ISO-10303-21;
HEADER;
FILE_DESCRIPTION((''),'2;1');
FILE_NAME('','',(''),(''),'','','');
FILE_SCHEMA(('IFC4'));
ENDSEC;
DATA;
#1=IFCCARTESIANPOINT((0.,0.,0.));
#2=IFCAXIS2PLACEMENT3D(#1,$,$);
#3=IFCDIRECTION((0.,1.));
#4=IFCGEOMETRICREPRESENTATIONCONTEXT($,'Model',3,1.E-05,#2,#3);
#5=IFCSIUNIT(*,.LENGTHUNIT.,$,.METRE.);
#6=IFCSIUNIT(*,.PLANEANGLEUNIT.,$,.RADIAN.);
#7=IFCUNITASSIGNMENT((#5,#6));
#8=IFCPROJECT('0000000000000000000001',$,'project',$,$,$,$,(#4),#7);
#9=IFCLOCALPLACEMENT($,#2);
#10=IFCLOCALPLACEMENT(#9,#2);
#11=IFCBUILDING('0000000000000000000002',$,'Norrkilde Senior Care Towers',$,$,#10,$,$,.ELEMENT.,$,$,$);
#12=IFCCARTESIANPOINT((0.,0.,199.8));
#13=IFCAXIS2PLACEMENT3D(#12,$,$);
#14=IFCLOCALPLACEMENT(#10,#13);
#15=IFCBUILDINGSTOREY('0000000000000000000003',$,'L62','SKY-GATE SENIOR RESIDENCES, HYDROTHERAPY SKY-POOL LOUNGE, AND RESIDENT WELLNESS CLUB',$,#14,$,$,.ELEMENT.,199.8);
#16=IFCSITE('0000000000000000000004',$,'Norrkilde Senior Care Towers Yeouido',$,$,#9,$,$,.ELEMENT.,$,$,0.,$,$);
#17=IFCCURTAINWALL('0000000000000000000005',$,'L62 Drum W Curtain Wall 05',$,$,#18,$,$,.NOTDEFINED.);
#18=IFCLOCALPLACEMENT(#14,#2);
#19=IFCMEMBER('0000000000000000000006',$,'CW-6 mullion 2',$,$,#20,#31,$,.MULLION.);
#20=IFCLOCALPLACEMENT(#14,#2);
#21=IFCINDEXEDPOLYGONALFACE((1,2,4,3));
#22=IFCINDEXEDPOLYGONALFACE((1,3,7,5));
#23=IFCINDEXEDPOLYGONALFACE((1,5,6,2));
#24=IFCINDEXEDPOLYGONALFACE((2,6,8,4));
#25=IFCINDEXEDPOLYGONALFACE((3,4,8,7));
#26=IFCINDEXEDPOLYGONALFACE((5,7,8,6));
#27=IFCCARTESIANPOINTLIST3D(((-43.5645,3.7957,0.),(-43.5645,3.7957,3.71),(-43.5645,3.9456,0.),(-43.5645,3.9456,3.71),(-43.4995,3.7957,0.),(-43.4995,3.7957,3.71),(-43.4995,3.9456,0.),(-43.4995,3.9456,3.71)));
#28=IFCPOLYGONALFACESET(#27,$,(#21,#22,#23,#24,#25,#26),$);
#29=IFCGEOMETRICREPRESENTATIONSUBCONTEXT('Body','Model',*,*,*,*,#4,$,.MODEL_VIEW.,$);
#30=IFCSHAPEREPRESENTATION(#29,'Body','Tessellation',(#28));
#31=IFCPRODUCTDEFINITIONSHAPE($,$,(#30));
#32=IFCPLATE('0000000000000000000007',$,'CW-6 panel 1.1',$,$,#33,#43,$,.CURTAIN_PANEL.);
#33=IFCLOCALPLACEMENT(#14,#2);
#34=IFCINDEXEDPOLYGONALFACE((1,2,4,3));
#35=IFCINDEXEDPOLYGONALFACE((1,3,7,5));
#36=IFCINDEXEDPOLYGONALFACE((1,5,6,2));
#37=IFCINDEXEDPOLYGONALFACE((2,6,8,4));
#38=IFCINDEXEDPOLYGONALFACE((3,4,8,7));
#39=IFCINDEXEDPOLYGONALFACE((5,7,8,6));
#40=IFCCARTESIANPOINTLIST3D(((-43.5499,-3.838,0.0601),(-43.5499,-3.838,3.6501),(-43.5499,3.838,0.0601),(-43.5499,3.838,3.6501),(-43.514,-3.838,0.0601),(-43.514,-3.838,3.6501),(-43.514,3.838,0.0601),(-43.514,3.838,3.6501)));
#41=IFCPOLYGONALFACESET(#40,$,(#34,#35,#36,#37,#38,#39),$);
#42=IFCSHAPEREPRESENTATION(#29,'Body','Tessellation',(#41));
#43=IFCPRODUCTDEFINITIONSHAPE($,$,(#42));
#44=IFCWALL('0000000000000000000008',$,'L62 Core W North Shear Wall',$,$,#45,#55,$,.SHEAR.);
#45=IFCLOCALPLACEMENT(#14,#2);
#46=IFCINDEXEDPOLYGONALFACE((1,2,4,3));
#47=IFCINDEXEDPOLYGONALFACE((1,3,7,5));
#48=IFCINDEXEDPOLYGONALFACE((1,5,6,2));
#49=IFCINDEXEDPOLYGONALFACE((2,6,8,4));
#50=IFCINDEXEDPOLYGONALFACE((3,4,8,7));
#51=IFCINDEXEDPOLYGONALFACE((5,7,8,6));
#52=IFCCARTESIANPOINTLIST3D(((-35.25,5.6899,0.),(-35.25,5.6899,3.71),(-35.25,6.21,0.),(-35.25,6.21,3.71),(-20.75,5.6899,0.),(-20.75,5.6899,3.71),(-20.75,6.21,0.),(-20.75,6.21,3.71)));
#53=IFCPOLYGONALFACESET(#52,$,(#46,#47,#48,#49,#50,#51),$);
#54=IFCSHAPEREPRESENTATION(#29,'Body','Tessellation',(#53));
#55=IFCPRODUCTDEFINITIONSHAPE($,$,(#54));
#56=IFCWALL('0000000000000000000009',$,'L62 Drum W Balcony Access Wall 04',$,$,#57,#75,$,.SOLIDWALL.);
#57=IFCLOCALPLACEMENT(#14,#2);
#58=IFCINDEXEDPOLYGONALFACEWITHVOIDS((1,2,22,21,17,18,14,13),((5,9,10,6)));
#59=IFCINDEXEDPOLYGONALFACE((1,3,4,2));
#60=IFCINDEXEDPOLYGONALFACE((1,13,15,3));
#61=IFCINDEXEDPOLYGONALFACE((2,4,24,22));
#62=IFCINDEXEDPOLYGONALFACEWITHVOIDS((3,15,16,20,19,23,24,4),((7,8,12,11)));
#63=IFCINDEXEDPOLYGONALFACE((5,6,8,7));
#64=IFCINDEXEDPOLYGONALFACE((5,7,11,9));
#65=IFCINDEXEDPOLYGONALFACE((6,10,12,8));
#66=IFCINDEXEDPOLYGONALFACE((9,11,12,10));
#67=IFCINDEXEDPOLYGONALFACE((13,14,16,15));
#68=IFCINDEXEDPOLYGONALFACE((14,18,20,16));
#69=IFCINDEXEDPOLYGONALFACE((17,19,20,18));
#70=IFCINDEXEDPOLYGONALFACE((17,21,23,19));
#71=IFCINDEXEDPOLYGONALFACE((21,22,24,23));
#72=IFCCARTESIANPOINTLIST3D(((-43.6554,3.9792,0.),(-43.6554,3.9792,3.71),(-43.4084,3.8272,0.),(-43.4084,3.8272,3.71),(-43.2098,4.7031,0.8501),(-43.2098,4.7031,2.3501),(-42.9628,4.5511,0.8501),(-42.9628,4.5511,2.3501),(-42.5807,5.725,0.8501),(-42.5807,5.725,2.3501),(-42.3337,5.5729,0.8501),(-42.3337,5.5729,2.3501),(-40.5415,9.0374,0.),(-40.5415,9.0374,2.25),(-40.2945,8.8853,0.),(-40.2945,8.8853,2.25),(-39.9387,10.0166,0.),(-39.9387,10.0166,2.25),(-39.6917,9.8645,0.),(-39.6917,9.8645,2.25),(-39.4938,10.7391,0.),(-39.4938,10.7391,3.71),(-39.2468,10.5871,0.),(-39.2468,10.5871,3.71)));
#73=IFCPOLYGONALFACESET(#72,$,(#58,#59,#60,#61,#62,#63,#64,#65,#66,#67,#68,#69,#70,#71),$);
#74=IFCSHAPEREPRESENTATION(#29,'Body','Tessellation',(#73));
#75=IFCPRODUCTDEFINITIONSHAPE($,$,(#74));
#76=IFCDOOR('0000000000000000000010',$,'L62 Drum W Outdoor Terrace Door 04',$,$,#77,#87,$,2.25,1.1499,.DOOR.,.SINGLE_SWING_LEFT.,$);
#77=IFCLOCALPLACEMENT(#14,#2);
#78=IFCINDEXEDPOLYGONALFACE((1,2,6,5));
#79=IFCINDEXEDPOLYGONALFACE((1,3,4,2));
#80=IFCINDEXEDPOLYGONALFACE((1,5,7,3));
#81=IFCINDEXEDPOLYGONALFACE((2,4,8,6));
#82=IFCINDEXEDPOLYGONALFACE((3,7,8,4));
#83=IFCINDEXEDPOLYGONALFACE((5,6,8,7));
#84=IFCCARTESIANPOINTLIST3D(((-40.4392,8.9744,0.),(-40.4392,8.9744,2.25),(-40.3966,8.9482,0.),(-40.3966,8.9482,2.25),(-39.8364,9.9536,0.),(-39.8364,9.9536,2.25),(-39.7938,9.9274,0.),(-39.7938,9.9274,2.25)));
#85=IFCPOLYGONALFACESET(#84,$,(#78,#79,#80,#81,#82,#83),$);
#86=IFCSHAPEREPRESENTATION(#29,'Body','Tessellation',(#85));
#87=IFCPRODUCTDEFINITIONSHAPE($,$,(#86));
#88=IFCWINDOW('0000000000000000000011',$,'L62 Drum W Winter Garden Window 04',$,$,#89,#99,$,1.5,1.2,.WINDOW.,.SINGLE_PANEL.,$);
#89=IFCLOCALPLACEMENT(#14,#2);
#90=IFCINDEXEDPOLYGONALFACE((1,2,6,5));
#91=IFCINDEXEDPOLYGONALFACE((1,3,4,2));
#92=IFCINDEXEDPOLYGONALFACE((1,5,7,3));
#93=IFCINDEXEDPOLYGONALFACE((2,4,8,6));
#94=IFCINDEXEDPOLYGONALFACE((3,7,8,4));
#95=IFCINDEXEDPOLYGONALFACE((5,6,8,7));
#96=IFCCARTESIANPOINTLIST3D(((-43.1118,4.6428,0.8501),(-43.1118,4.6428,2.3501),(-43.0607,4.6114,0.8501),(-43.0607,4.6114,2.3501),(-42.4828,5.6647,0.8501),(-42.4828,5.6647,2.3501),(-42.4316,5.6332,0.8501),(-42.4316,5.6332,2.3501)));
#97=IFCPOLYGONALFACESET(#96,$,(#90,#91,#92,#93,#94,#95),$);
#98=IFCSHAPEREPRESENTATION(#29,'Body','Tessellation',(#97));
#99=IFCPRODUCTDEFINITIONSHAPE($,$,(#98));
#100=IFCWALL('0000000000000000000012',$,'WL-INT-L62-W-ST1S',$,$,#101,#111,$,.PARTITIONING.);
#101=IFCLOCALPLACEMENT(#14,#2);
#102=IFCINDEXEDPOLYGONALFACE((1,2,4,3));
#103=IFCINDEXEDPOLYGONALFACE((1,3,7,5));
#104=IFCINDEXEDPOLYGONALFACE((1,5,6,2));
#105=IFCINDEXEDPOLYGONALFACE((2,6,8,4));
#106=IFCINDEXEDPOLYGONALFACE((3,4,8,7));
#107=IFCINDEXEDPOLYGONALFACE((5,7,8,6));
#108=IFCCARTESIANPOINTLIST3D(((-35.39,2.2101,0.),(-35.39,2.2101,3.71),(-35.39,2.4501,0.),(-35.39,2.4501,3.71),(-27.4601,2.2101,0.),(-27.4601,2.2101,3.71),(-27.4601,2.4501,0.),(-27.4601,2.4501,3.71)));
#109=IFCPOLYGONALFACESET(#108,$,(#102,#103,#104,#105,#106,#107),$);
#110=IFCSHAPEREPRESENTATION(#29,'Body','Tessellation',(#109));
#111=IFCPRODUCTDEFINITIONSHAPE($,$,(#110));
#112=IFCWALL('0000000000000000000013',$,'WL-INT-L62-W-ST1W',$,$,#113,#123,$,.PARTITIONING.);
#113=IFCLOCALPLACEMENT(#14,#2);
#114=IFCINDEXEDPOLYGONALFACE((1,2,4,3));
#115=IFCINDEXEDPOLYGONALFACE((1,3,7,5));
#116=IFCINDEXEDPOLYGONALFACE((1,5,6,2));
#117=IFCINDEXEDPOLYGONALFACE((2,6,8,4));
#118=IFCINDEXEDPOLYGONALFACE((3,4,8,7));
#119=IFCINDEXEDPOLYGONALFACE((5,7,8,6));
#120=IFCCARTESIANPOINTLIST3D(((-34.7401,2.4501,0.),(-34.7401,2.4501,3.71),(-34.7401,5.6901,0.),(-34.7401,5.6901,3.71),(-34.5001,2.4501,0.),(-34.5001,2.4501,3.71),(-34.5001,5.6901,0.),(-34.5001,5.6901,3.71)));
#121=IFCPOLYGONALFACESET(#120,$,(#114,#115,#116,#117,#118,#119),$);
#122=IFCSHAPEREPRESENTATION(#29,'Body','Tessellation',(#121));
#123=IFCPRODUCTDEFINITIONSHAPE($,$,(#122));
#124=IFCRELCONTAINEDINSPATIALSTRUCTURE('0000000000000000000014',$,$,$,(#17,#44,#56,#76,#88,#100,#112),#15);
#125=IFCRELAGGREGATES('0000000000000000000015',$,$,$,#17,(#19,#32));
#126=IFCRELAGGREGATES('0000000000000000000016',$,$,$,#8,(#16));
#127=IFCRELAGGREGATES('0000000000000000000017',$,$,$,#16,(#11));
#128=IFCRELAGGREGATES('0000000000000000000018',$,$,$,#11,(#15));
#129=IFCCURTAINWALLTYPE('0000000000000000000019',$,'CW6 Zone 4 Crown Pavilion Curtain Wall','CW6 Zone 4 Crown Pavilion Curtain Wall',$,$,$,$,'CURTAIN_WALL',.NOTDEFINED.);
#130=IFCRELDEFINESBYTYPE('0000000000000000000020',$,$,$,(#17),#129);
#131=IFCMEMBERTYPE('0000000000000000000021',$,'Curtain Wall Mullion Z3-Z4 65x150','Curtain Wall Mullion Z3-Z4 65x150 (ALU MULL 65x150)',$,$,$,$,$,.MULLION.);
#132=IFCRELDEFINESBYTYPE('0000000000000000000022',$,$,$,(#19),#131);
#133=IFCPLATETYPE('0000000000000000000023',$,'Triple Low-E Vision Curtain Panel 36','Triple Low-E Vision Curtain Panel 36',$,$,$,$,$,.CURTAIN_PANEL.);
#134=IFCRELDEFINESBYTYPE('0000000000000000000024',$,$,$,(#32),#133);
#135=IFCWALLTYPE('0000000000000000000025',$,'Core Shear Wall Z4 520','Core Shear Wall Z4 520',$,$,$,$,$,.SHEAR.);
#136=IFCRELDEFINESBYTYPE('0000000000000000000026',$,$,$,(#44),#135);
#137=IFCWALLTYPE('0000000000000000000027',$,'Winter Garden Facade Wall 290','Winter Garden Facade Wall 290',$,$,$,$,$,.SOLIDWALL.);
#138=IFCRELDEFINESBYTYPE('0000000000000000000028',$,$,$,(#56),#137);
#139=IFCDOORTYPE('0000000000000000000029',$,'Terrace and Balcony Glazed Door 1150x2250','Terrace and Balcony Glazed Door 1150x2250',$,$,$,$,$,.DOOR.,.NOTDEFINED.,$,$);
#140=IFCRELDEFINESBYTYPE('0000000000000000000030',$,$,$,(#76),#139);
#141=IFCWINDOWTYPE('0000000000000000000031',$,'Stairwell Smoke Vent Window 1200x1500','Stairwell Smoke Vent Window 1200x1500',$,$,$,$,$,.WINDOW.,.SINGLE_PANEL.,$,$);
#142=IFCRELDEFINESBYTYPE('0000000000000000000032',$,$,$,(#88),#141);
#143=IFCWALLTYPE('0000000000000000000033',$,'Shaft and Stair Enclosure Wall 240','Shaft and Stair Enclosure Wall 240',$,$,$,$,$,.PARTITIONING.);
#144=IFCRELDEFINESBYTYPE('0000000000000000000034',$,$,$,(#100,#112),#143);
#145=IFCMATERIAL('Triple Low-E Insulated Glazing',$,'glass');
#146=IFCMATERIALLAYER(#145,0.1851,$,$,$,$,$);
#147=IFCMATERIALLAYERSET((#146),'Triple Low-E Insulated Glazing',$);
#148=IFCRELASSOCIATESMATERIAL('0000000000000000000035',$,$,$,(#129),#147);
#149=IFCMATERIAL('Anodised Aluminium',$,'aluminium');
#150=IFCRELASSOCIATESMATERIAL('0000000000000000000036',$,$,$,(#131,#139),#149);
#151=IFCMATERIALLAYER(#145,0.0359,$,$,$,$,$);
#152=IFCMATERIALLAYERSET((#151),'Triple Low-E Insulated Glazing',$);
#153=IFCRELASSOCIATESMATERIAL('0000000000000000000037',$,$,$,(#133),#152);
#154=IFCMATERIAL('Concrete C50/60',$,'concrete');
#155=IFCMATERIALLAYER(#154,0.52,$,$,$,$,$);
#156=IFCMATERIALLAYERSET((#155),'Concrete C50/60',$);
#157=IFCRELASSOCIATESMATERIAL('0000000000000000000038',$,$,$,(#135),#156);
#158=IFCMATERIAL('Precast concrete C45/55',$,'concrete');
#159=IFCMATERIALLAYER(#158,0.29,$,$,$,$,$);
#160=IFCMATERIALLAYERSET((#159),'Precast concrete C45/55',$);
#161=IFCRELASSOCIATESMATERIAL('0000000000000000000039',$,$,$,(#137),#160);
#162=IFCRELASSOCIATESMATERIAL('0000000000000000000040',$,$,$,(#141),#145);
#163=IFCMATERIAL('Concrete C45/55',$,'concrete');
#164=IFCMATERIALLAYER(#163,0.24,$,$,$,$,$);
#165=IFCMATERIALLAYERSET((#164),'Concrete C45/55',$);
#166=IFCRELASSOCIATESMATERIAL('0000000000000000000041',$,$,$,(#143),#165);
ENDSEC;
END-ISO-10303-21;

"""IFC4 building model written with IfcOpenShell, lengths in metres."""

from ifc_helpers import new_model, si_unit, direction, frame, frame_2d, origin, origin_2d, place, context, subcontext, project, spatial, rectangle, extrude, source, transform, mapped, material, layer, layer_set, material_profile, profile_set, type_object, type_shapes, element, fill, aggregate, save


model = new_model("IFC4")

# Units and contexts
model_context = context("Model", 3, precision=1e-05, world=origin(), true_north=direction((0.0, 1.0)))
body_context = subcontext(model_context, "Body", "Model", "MODEL_VIEW")
ifc_project = project(units=[si_unit("LENGTHUNIT", "METRE"), si_unit("PLANEANGLEUNIT", "RADIAN")], contexts=[model_context])

# Site, building, storey
site_placement = place(None, origin())
site = spatial("IfcSite", under=ifc_project, at=site_placement, Name="Norrkilde Senior Care Towers Yeouido", CompositionType="ELEMENT", RefElevation=0.0)
building_placement = place(site_placement, origin())
building = spatial("IfcBuilding", under=site, at=building_placement, Name="Norrkilde Senior Care Towers", CompositionType="ELEMENT")
storey_placement = place(building_placement, frame((0.0, 0.0, 199.8)))
storey = spatial("IfcBuildingStorey", under=building, at=storey_placement, Name="L62", Description="SKY-GATE SENIOR RESIDENCES, HYDROTHERAPY SKY-POOL LOUNGE, AND RESIDENT WELLNESS CLUB", CompositionType="ELEMENT", Elevation=199.8)

# Shared definitions
ifc_material_1 = material(Name="Concrete C50/60", Category="concrete")

# Curtain wall, member, plate
ifc_material_2 = material(Name="Triple Low-E Insulated Glazing", Category="glass")
ifc_layer_1 = layer(ifc_material_2, 0.1851)
ifc_layer_set_1 = layer_set([ifc_layer_1], Name="Triple Low-E Insulated Glazing")
curtain_wall_type = type_object("IfcCurtainWallType", Name="CW6 Zone 4 Crown Pavilion Curtain Wall", Description="CW6 Zone 4 Crown Pavilion Curtain Wall", ElementType="CURTAIN_WALL", PredefinedType="NOTDEFINED", material=ifc_layer_set_1)
curtain_wall_placement = place(storey_placement, origin())
curtain_wall = element("IfcCurtainWall", 1, at=curtain_wall_placement, inside=storey, type_object=curtain_wall_type, Name="L62 Drum W Curtain Wall 05", PredefinedType="NOTDEFINED")
ifc_material_3 = material(Name="Anodised Aluminium", Category="aluminium")
ifc_material_profile_1 = material_profile(ifc_material_3, rectangle(XDim=0.0649, YDim=0.1499, at=origin_2d()), Name="ALU MULL 65x150")
ifc_profile_set_1 = profile_set([ifc_material_profile_1], Name="Anodised Aluminium")
member_type = type_object("IfcMemberType", Name="Curtain Wall Mullion Z3-Z4 65x150", Description="Curtain Wall Mullion Z3-Z4 65x150 (ALU MULL 65x150)", PredefinedType="MULLION", material=ifc_profile_set_1)
shared_shape_1 = source(origin(), body_context, "Body", "SweptSolid", [
    extrude(rectangle(XDim=0.0649, YDim=0.1499, at=origin_2d()), origin(), (0.0, 0.0, 1.0), 3.71),
])
type_shapes(member_type, [shared_shape_1])
member_placement = place(storey_placement, frame((-43.532, 3.8706, 0.0), z_axis=(0.0, 0.0, 1.0), x_axis=(-1.0, 0.0, 0.0)))
member = element("IfcMember", 2, at=member_placement, type_object=member_type, Name="CW-6 mullion 2", PredefinedType="MULLION", context=body_context, shape_type="MappedRepresentation", body=[
    mapped(shared_shape_1, transform((0.0, 0.0, 0.0), x_axis=(1.0, 0.0, 0.0), y_axis=(0.0, 1.0, 0.0), z_axis=(0.0, 0.0, 1.0), scale=1.0)),
])
ifc_layer_2 = layer(ifc_material_2, 0.0359)
ifc_layer_set_2 = layer_set([ifc_layer_2], Name="Triple Low-E Insulated Glazing")
plate_type = type_object("IfcPlateType", Name="Triple Low-E Vision Curtain Panel 36", Description="Triple Low-E Vision Curtain Panel 36", PredefinedType="CURTAIN_PANEL", material=ifc_layer_set_2)
shared_shape_2 = source(origin(), body_context, "Body", "SweptSolid", [
    extrude(rectangle(XDim=7.676, YDim=0.0359, at=origin_2d()), origin(), (0.0, 0.0, 1.0), 3.5901),
])
type_shapes(plate_type, [shared_shape_2])
plate_placement = place(storey_placement, frame((-43.532, 0.0, 0.0601), z_axis=(0.0, 0.0, 1.0), x_axis=(0.0, 1.0, 0.0)))
plate = element("IfcPlate", 3, at=plate_placement, type_object=plate_type, Name="CW-6 panel 1.1", PredefinedType="CURTAIN_PANEL", context=body_context, shape_type="MappedRepresentation", body=[
    mapped(shared_shape_2, transform((0.0, 0.0, 0.0), x_axis=(1.0, 0.0, 0.0), y_axis=(0.0, 1.0, 0.0), z_axis=(0.0, 0.0, 1.0), scale=1.0)),
])
aggregate(curtain_wall, [member, plate])

# Wall
ifc_layer_3 = layer(ifc_material_1, 0.52)
ifc_layer_set_3 = layer_set([ifc_layer_3], Name="Concrete C50/60")
wall_type_1 = type_object("IfcWallType", Name="Core Shear Wall Z4 520", Description="Core Shear Wall Z4 520", PredefinedType="SHEAR", material=ifc_layer_set_3)
shared_shape_3 = source(origin(), body_context, "Body", "SweptSolid", [
    extrude(rectangle(XDim=14.5, YDim=0.52, at=frame_2d((7.25, 0.0))), origin(), (0.0, 0.0, 1.0), 3.71),
])
type_shapes(wall_type_1, [shared_shape_3])
wall_1_placement = place(storey_placement, frame((-35.25, 5.95, 0.0), z_axis=(0.0, 0.0, 1.0), x_axis=(1.0, 0.0, 0.0)))
element("IfcWall", 4, at=wall_1_placement, inside=storey, type_object=wall_type_1, Name="L62 Core W North Shear Wall", PredefinedType="SHEAR", context=body_context, shape_type="MappedRepresentation", body=[
    mapped(shared_shape_3, transform((0.0, 0.0, 0.0), x_axis=(1.0, 0.0, 0.0), y_axis=(0.0, 1.0, 0.0), z_axis=(0.0, 0.0, 1.0), scale=1.0)),
])

# Wall, openings, door, window
ifc_material_4 = material(Name="Precast concrete C45/55", Category="concrete")
ifc_layer_4 = layer(ifc_material_4, 0.29)
ifc_layer_set_4 = layer_set([ifc_layer_4], Name="Precast concrete C45/55")
wall_type_2 = type_object("IfcWallType", Name="Winter Garden Facade Wall 290", Description="Winter Garden Facade Wall 290", PredefinedType="SOLIDWALL", material=ifc_layer_set_4)
shared_shape_4 = source(origin(), body_context, "Body", "SweptSolid", [
    extrude(rectangle(XDim=7.9382, YDim=0.29, at=frame_2d((3.9692, 0.0))), origin(), (0.0, 0.0, 1.0), 3.71),
])
type_shapes(wall_type_2, [shared_shape_4])
wall_2_placement = place(storey_placement, frame((-43.532, 3.9031, 0.0), z_axis=(0.0, 0.0, 1.0), x_axis=(0.524245, 0.851567, 0.0)))
wall_2 = element("IfcWall", 5, at=wall_2_placement, inside=storey, type_object=wall_type_2, Name="L62 Drum W Balcony Access Wall 04", PredefinedType="SOLIDWALL", context=body_context, shape_type="MappedRepresentation", body=[
    mapped(shared_shape_4, transform((0.0, 0.0, 0.0), x_axis=(1.0, 0.0, 0.0), y_axis=(0.0, 1.0, 0.0), z_axis=(0.0, 0.0, 1.0), scale=1.0)),
])
opening_1_placement = place(wall_2_placement, frame((5.9399, 0.0, 0.0)))
opening_1 = element("IfcOpeningElement", 6, at=opening_1_placement, cuts=wall_2, PredefinedType="OPENING", context=body_context, shape_type="SweptSolid", body=[
    extrude(rectangle(XDim=1.1499, YDim=2.25, at=frame_2d((0.575, 1.125))), frame((0.0, 0.155, 0.0), z_axis=(0.0, -1.0, 0.0), x_axis=(1.0, 0.0, 0.0)), (0.0, 0.0, 1.0), 0.3101),
])
opening_2_placement = place(wall_2_placement, frame((0.8501, 0.0, 0.8501)))
opening_2 = element("IfcOpeningElement", 7, at=opening_2_placement, cuts=wall_2, PredefinedType="OPENING", context=body_context, shape_type="SweptSolid", body=[
    extrude(rectangle(XDim=1.2, YDim=1.5, at=frame_2d((0.6001, 0.75))), frame((0.0, 0.155, 0.0), z_axis=(0.0, -1.0, 0.0), x_axis=(1.0, 0.0, 0.0)), (0.0, 0.0, 1.0), 0.3101),
])
door_type_1 = type_object("IfcDoorType", Name="Terrace and Balcony Glazed Door 1150x2250", Description="Terrace and Balcony Glazed Door 1150x2250", OperationType="NOTDEFINED", PredefinedType="DOOR", material=ifc_material_3)
shared_shape_5 = source(origin(), body_context, "Body", "SweptSolid", [
    extrude(rectangle(XDim=1.1499, YDim=2.25, at=frame_2d((0.575, 1.125))), frame((0.0, 0.0249, 0.0), z_axis=(0.0, -1.0, 0.0), x_axis=(1.0, 0.0, 0.0)), (0.0, 0.0, 1.0), 0.05),
])
type_shapes(door_type_1, [shared_shape_5])
door_1_placement = place(opening_1_placement, origin())
door_1 = element("IfcDoor", 8, at=door_1_placement, inside=storey, type_object=door_type_1, Name="L62 Drum W Outdoor Terrace Door 04", OperationType="SINGLE_SWING_LEFT", OverallHeight=2.25, OverallWidth=1.1499, PredefinedType="DOOR", context=body_context, shape_type="MappedRepresentation", body=[
    mapped(shared_shape_5, transform((0.0, 0.0, 0.0), x_axis=(1.0, 0.0, 0.0), y_axis=(0.0, 1.0, 0.0), z_axis=(0.0, 0.0, 1.0), scale=1.0)),
])
fill(opening_1, door_1)
window_type = type_object("IfcWindowType", Name="Stairwell Smoke Vent Window 1200x1500", Description="Stairwell Smoke Vent Window 1200x1500", PartitioningType="SINGLE_PANEL", PredefinedType="WINDOW", material=ifc_material_2)
shared_shape_6 = source(origin(), body_context, "Body", "SweptSolid", [
    extrude(rectangle(XDim=1.2, YDim=1.5, at=frame_2d((0.6001, 0.75))), frame((0.0, 0.03, 0.0), z_axis=(0.0, -1.0, 0.0), x_axis=(1.0, 0.0, 0.0)), (0.0, 0.0, 1.0), 0.0601),
])
type_shapes(window_type, [shared_shape_6])
window_placement = place(opening_2_placement, origin())
window = element("IfcWindow", 9, at=window_placement, inside=storey, type_object=window_type, Name="L62 Drum W Winter Garden Window 04", OverallHeight=1.5, OverallWidth=1.2, PartitioningType="SINGLE_PANEL", PredefinedType="WINDOW", context=body_context, shape_type="MappedRepresentation", body=[
    mapped(shared_shape_6, transform((0.0, 0.0, 0.0), x_axis=(1.0, 0.0, 0.0), y_axis=(0.0, 1.0, 0.0), z_axis=(0.0, 0.0, 1.0), scale=1.0)),
])
fill(opening_2, window)

# Walls
ifc_material_5 = material(Name="Concrete C45/55", Category="concrete")
ifc_layer_5 = layer(ifc_material_5, 0.24)
ifc_layer_set_5 = layer_set([ifc_layer_5], Name="Concrete C45/55")
wall_type_3 = type_object("IfcWallType", Name="Shaft and Stair Enclosure Wall 240", Description="Shaft and Stair Enclosure Wall 240", PredefinedType="PARTITIONING", material=ifc_layer_set_5)
shared_shape_7 = source(origin(), body_context, "Body", "SweptSolid", [
    extrude(rectangle(XDim=7.9299, YDim=0.24, at=frame_2d((3.9648, 0.0))), origin(), (0.0, 0.0, 1.0), 3.71),
])
wall_3_placement = place(storey_placement, frame((-35.3899, 2.3301, 0.0), z_axis=(0.0, 0.0, 1.0), x_axis=(1.0, 0.0, 0.0)))
element("IfcWall", 10, at=wall_3_placement, inside=storey, type_object=wall_type_3, Name="WL-INT-L62-W-ST1S", PredefinedType="PARTITIONING", context=body_context, shape_type="MappedRepresentation", body=[
    mapped(shared_shape_7, transform((0.0, 0.0, 0.0), x_axis=(1.0, 0.0, 0.0), y_axis=(0.0, 1.0, 0.0), z_axis=(0.0, 0.0, 1.0), scale=1.0)),
])
shared_shape_8 = source(origin(), body_context, "Body", "SweptSolid", [
    extrude(rectangle(XDim=3.24, YDim=0.24, at=frame_2d((1.6201, 0.0))), origin(), (0.0, 0.0, 1.0), 3.71),
])
type_shapes(wall_type_3, [shared_shape_7, shared_shape_8])
wall_4_placement = place(storey_placement, frame((-34.6201, 2.45, 0.0), z_axis=(0.0, 0.0, 1.0), x_axis=(0.0, 1.0, 0.0)))
element("IfcWall", 11, at=wall_4_placement, inside=storey, type_object=wall_type_3, Name="WL-INT-L62-W-ST1W", PredefinedType="PARTITIONING", context=body_context, shape_type="MappedRepresentation", body=[
    mapped(shared_shape_8, transform((0.0, 0.0, 0.0), x_axis=(1.0, 0.0, 0.0), y_axis=(0.0, 1.0, 0.0), z_axis=(0.0, 0.0, 1.0), scale=1.0)),
])

save(model, "model.ifc")
